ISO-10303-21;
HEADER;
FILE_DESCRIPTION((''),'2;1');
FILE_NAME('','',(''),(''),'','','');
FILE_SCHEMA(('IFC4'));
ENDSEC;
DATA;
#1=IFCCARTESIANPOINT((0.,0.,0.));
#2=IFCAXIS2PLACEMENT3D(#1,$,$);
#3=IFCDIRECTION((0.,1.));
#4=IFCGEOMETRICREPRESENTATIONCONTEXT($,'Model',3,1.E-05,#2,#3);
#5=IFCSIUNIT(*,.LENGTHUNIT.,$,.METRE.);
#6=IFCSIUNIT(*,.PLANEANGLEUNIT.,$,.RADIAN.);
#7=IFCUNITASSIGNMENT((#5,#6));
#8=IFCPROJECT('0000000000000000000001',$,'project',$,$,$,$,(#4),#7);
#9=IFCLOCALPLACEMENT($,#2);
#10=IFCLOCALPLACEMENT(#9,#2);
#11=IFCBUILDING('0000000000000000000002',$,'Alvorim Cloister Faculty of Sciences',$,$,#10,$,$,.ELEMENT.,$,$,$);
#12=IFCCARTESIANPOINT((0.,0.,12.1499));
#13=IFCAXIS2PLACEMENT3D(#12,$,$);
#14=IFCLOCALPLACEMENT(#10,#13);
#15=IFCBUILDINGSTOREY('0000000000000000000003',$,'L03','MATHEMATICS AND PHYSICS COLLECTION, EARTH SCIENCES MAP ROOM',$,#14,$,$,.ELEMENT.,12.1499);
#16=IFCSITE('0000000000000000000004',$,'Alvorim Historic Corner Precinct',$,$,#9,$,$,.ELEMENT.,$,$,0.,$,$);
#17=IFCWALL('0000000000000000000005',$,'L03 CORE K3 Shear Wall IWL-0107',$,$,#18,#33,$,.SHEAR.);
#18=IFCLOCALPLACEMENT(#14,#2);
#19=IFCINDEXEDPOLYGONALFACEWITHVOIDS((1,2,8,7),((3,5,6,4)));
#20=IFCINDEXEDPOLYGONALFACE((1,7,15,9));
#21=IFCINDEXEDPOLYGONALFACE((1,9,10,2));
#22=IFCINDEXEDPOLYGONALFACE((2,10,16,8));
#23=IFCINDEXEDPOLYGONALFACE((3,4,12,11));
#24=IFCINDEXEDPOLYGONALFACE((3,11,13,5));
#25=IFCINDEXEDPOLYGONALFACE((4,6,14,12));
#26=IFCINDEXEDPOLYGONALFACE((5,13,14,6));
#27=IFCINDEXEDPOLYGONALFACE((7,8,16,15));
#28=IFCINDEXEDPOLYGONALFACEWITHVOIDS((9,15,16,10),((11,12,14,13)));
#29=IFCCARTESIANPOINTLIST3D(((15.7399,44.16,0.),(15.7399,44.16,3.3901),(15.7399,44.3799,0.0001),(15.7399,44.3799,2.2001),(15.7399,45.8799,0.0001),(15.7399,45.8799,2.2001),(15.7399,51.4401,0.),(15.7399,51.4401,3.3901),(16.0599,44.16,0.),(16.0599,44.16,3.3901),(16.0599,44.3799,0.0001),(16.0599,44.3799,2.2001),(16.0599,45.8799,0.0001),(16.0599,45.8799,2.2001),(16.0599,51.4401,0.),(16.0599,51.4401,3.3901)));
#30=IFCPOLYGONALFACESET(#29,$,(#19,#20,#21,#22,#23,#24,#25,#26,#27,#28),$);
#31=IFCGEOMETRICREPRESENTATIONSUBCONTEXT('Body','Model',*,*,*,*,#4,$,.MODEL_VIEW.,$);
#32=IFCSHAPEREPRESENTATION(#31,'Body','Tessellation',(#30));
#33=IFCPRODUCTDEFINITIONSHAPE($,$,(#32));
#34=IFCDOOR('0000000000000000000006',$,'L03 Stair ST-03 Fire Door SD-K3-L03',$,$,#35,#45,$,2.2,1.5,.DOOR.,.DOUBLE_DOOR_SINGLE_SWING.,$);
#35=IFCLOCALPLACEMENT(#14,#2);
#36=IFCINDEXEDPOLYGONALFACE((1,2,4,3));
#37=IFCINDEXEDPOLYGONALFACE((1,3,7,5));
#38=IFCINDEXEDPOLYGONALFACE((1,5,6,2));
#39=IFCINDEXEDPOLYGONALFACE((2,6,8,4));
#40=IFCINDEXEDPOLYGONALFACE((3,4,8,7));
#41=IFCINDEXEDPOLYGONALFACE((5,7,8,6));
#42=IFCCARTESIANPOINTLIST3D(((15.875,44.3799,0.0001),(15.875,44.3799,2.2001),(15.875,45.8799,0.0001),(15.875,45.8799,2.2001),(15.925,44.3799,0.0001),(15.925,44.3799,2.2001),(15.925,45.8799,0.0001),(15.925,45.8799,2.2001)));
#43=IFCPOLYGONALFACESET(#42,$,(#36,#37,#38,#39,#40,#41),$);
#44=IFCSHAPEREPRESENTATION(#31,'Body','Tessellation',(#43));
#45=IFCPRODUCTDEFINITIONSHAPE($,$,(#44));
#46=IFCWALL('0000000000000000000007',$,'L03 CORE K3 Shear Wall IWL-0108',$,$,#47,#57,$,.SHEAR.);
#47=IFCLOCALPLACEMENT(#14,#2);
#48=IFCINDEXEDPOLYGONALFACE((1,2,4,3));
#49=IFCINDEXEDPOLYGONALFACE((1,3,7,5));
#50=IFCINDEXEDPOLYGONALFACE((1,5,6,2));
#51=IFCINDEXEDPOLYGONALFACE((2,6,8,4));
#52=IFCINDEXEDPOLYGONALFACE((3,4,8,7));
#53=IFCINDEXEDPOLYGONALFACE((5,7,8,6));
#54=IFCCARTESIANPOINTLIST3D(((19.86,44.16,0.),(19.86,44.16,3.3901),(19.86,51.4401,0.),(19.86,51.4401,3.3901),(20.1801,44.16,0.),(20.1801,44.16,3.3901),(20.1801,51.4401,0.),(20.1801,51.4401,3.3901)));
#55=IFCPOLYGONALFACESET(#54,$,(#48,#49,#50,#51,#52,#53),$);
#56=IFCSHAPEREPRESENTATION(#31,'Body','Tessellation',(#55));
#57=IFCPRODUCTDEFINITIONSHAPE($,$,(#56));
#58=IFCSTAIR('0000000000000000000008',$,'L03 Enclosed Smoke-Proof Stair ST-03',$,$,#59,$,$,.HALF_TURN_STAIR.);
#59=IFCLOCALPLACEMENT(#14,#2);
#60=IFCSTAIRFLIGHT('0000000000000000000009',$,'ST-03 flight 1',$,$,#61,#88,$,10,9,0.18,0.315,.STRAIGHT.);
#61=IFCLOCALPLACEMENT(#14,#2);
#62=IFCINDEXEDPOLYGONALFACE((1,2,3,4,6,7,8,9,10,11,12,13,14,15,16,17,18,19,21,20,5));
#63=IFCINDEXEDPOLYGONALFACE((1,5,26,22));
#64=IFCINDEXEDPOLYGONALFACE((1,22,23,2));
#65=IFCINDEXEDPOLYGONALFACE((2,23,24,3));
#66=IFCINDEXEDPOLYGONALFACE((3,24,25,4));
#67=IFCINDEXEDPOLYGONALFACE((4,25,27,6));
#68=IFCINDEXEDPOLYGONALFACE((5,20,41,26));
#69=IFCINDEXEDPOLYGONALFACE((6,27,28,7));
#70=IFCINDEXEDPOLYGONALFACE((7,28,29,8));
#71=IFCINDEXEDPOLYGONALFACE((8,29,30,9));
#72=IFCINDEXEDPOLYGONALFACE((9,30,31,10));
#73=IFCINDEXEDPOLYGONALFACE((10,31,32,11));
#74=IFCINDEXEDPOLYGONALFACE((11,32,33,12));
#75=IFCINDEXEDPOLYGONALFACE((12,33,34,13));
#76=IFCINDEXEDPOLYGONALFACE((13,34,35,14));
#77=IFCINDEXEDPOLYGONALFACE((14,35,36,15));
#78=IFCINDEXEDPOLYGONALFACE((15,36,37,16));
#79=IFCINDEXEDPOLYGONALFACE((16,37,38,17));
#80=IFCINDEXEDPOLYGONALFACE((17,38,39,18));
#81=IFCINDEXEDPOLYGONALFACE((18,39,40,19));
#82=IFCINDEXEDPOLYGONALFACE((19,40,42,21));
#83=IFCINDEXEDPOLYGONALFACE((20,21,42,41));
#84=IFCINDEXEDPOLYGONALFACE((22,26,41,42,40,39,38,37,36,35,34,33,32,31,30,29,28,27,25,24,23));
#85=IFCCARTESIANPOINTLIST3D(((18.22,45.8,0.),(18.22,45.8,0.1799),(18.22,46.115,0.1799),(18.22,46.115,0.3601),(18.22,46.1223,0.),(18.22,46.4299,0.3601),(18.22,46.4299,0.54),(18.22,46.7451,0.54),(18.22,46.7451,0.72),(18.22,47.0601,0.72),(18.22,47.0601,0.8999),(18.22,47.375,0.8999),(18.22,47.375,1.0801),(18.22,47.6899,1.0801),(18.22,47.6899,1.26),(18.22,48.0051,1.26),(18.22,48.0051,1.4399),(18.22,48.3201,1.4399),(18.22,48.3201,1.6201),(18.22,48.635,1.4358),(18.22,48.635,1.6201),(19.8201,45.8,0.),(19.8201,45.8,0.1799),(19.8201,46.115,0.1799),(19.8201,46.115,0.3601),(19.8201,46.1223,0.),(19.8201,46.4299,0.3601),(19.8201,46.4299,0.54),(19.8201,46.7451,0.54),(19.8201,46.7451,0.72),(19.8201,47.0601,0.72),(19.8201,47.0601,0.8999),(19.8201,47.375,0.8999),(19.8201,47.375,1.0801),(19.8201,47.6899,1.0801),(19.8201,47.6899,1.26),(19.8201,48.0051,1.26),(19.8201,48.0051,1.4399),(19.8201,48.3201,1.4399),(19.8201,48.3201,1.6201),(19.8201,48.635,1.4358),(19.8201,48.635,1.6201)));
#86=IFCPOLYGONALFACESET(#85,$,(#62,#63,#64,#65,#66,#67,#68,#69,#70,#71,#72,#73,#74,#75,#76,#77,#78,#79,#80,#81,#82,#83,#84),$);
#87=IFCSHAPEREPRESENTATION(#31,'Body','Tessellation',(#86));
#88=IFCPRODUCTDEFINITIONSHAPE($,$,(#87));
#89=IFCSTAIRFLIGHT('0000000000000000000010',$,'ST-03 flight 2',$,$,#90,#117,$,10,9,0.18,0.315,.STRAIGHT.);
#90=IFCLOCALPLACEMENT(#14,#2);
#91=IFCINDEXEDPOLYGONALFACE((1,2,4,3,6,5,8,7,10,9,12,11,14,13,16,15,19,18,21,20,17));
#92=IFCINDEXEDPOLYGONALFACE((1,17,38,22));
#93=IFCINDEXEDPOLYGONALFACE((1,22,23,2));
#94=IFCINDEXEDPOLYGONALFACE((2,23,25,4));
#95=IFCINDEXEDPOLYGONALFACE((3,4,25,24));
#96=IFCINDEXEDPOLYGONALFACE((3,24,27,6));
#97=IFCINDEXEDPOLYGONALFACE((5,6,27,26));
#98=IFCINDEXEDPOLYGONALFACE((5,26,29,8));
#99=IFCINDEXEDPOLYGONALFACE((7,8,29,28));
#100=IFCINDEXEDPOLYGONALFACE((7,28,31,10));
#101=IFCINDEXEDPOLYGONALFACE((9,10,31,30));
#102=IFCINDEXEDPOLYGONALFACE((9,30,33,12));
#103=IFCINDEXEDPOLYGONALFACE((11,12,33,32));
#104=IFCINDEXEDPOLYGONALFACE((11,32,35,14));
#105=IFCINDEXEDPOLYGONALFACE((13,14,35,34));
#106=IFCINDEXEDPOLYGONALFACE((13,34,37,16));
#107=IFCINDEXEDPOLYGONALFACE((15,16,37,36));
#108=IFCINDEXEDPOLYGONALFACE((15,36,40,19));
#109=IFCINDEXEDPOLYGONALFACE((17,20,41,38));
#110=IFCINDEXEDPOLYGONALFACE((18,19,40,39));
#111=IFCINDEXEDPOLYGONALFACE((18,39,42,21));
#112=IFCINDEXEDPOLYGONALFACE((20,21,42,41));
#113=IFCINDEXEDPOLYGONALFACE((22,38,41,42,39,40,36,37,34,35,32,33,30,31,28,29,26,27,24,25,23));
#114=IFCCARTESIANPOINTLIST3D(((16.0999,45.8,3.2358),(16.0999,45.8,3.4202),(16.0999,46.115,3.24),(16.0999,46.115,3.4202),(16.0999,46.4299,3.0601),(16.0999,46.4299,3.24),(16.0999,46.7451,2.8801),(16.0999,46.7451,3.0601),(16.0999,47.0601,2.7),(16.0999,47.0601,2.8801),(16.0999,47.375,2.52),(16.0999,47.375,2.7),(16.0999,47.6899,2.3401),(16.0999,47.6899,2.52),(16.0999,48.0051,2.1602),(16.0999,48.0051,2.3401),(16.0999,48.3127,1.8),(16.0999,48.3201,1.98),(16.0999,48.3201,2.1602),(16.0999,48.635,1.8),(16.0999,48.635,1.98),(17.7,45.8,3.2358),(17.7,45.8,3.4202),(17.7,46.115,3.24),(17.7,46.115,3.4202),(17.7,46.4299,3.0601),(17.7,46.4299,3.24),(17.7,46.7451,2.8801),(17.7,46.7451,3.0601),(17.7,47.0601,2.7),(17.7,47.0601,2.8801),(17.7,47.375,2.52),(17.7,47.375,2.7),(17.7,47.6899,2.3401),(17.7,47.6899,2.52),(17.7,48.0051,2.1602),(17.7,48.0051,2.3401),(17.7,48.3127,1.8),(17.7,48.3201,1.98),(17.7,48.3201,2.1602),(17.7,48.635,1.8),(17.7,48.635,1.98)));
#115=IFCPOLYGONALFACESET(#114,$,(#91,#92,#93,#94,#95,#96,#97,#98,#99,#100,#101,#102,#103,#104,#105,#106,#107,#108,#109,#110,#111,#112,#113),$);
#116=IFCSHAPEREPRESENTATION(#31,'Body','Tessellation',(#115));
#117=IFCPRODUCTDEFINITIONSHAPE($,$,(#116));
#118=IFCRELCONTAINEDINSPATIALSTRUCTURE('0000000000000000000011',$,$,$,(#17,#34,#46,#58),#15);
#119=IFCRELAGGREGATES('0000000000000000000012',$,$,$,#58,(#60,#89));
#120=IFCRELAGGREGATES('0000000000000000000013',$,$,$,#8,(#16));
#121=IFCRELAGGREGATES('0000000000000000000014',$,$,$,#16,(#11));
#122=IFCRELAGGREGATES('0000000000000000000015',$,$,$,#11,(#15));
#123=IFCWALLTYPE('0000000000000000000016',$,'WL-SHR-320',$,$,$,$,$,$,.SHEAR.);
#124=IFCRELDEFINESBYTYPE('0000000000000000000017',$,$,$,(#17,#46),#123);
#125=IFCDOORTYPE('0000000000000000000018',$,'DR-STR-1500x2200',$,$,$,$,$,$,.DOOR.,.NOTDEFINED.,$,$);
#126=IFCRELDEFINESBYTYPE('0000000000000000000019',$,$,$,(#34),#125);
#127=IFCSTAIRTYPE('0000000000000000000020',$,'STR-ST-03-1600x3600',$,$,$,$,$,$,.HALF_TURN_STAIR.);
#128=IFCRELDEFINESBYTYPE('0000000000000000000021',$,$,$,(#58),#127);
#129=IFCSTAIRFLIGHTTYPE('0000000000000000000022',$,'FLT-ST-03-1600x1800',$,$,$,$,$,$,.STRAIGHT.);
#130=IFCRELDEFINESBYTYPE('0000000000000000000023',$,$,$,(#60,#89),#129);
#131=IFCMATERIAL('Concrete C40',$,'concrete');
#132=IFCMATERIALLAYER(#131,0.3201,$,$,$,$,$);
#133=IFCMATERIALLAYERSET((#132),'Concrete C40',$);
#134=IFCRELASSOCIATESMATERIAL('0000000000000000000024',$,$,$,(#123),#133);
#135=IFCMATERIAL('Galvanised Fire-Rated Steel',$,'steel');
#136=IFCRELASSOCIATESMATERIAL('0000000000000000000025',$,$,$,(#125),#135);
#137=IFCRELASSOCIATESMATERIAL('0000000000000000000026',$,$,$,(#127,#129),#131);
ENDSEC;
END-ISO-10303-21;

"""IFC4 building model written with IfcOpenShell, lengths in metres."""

from ifc_helpers import new_model, si_unit, direction, frame, frame_2d, origin, place, context, subcontext, project, spatial, polyline, rectangle, outline, extrude, material, layer, layer_set, type_object, element, fill, aggregate, save


model = new_model("IFC4")

# Units and contexts
model_context = context("Model", 3, precision=1e-05, world=origin(), true_north=direction((0.0, 1.0)))
body_context = subcontext(model_context, "Body", "Model", "MODEL_VIEW")
ifc_project = project(units=[si_unit("LENGTHUNIT", "METRE"), si_unit("PLANEANGLEUNIT", "RADIAN")], contexts=[model_context])

# Site, building, storey
site_placement = place(None, origin())
site = spatial("IfcSite", under=ifc_project, at=site_placement, Name="Alvorim Historic Corner Precinct", CompositionType="ELEMENT", RefElevation=0.0)
building_placement = place(site_placement, origin())
building = spatial("IfcBuilding", under=site, at=building_placement, Name="Alvorim Cloister Faculty of Sciences", CompositionType="ELEMENT")
storey_placement = place(building_placement, frame((0.0, 0.0, 12.1499)))
storey = spatial("IfcBuildingStorey", under=building, at=storey_placement, Name="L03", Description="MATHEMATICS AND PHYSICS COLLECTION, EARTH SCIENCES MAP ROOM", CompositionType="ELEMENT", Elevation=12.1499)

# Shared definitions
ifc_material_1 = material(Name="Concrete C40", Category="concrete")

# Shared definitions
ifc_layer_1 = layer(ifc_material_1, 0.3201)
ifc_layer_set_1 = layer_set([ifc_layer_1], Name="Concrete C40")
wall_type_1 = type_object("IfcWallType", Name="WL-SHR-320", PredefinedType="SHEAR", material=ifc_layer_set_1)

# Wall, opening, door
wall_1_placement = place(storey_placement, frame((15.8999, 44.1599, 0.0), z_axis=(0.0, 0.0, 1.0), x_axis=(0.0, 1.0, 0.0)))
wall_1 = element("IfcWall", 1, at=wall_1_placement, inside=storey, type_object=wall_type_1, Name="L03 CORE K3 Shear Wall IWL-0107", PredefinedType="SHEAR", context=body_context, shape_type="SweptSolid", body=[
    extrude(rectangle(XDim=7.28, YDim=0.3201, at=frame_2d((3.6401, 0.0))), origin(), (0.0, 0.0, 1.0), 3.3901),
])
opening_1_placement = place(wall_1_placement, frame((0.22, 0.0, 0.0)))
opening_1 = element("IfcOpeningElement", 2, at=opening_1_placement, cuts=wall_1, PredefinedType="OPENING", context=body_context, shape_type="SweptSolid", body=[
    extrude(rectangle(XDim=1.5, YDim=2.2, at=frame_2d((0.75, 1.1001))), frame((0.0, 0.1719, 0.0), z_axis=(0.0, -1.0, 0.0), x_axis=(1.0, 0.0, 0.0)), (0.0, 0.0, 1.0), 0.344),
])
ifc_material_2 = material(Name="Galvanised Fire-Rated Steel", Category="steel")
door_type_1 = type_object("IfcDoorType", Name="DR-STR-1500x2200", OperationType="NOTDEFINED", PredefinedType="DOOR", material=ifc_material_2)
door_1_placement = place(opening_1_placement, origin())
door_1 = element("IfcDoor", 3, at=door_1_placement, inside=storey, type_object=door_type_1, Name="L03 Stair ST-03 Fire Door SD-K3-L03", OperationType="DOUBLE_DOOR_SINGLE_SWING", OverallHeight=2.2, OverallWidth=1.5, PredefinedType="DOOR", context=body_context, shape_type="SweptSolid", body=[
    extrude(rectangle(XDim=1.5, YDim=2.2, at=frame_2d((0.75, 1.1001))), frame((0.0, 0.0249, 0.0), z_axis=(0.0, -1.0, 0.0), x_axis=(1.0, 0.0, 0.0)), (0.0, 0.0, 1.0), 0.05),
])
fill(opening_1, door_1)

# Wall
wall_2_placement = place(storey_placement, frame((20.02, 44.1599, 0.0), z_axis=(0.0, 0.0, 1.0), x_axis=(0.0, 1.0, 0.0)))
element("IfcWall", 4, at=wall_2_placement, inside=storey, type_object=wall_type_1, Name="L03 CORE K3 Shear Wall IWL-0108", PredefinedType="SHEAR", context=body_context, shape_type="SweptSolid", body=[
    extrude(rectangle(XDim=7.28, YDim=0.3201, at=frame_2d((3.6401, 0.0))), origin(), (0.0, 0.0, 1.0), 3.3901),
])

# Stair, stair flights
stair_type = type_object("IfcStairType", Name="STR-ST-03-1600x3600", PredefinedType="HALF_TURN_STAIR", material=ifc_material_1)
stair_placement = place(storey_placement, origin())
stair = element("IfcStair", 5, at=stair_placement, inside=storey, type_object=stair_type, Name="L03 Enclosed Smoke-Proof Stair ST-03", PredefinedType="HALF_TURN_STAIR")
stair_flight_type = type_object("IfcStairFlightType", Name="FLT-ST-03-1600x1800", PredefinedType="STRAIGHT", material=ifc_material_1)
stair_flight_1_placement = place(storey_placement, frame((19.02, 45.8, 0.0), z_axis=(0.0, 0.0, 1.0), x_axis=(0.0, 1.0, 0.0)))
stair_flight_1 = element("IfcStairFlight", 6, at=stair_flight_1_placement, type_object=stair_flight_type, Name="ST-03 flight 1", NumberOfRisers=10, NumberOfTreads=9, PredefinedType="STRAIGHT", RiserHeight=0.18, TreadLength=0.315, context=body_context, shape_type="SweptSolid", body=[
    extrude(outline(polyline([(0.3223, 0.0), (2.835, 1.4358), (2.835, 1.8), (2.835, 1.6201), (2.52, 1.6201), (2.52, 1.4399), (2.2051, 1.4399), (2.2051, 1.26), (1.8899, 1.26), (1.8899, 1.0801), (1.575, 1.0801), (1.575, 0.8999), (1.26, 0.8999), (1.26, 0.72), (0.9451, 0.72), (0.9451, 0.54), (0.6299, 0.54), (0.6299, 0.3601), (0.3149, 0.3601), (0.3149, 0.1799), (0.0, 0.1799), (0.0, 0.0), (0.3223, 0.0)])), frame((0.0, 0.8, 0.0), z_axis=(0.0, -1.0, 0.0), x_axis=(1.0, 0.0, 0.0)), (0.0, 0.0, 1.0), 1.6001),
])
stair_flight_2_placement = place(storey_placement, frame((16.8999, 48.635, 1.8), z_axis=(0.0, 0.0, 1.0), x_axis=(0.0, -1.0, 0.0)))
stair_flight_2 = element("IfcStairFlight", 7, at=stair_flight_2_placement, type_object=stair_flight_type, Name="ST-03 flight 2", NumberOfRisers=10, NumberOfTreads=9, PredefinedType="STRAIGHT", RiserHeight=0.18, TreadLength=0.315, context=body_context, shape_type="SweptSolid", body=[
    extrude(outline(polyline([(0.3223, 0.0), (2.835, 1.4358), (2.835, 1.8), (2.835, 1.6201), (2.52, 1.6201), (2.52, 1.4399), (2.2051, 1.4399), (2.2051, 1.26), (1.8899, 1.26), (1.8899, 1.0801), (1.575, 1.0801), (1.575, 0.8999), (1.26, 0.8999), (1.26, 0.72), (0.9451, 0.72), (0.9451, 0.54), (0.6299, 0.54), (0.6299, 0.3601), (0.3149, 0.3601), (0.3149, 0.1799), (0.0, 0.1799), (0.0, 0.0), (0.3223, 0.0)])), frame((0.0, 0.8, 0.0), z_axis=(0.0, -1.0, 0.0), x_axis=(1.0, 0.0, 0.0)), (0.0, 0.0, 1.0), 1.6001),
])
aggregate(stair, [stair_flight_1, stair_flight_2])

save(model, "model.ifc")
